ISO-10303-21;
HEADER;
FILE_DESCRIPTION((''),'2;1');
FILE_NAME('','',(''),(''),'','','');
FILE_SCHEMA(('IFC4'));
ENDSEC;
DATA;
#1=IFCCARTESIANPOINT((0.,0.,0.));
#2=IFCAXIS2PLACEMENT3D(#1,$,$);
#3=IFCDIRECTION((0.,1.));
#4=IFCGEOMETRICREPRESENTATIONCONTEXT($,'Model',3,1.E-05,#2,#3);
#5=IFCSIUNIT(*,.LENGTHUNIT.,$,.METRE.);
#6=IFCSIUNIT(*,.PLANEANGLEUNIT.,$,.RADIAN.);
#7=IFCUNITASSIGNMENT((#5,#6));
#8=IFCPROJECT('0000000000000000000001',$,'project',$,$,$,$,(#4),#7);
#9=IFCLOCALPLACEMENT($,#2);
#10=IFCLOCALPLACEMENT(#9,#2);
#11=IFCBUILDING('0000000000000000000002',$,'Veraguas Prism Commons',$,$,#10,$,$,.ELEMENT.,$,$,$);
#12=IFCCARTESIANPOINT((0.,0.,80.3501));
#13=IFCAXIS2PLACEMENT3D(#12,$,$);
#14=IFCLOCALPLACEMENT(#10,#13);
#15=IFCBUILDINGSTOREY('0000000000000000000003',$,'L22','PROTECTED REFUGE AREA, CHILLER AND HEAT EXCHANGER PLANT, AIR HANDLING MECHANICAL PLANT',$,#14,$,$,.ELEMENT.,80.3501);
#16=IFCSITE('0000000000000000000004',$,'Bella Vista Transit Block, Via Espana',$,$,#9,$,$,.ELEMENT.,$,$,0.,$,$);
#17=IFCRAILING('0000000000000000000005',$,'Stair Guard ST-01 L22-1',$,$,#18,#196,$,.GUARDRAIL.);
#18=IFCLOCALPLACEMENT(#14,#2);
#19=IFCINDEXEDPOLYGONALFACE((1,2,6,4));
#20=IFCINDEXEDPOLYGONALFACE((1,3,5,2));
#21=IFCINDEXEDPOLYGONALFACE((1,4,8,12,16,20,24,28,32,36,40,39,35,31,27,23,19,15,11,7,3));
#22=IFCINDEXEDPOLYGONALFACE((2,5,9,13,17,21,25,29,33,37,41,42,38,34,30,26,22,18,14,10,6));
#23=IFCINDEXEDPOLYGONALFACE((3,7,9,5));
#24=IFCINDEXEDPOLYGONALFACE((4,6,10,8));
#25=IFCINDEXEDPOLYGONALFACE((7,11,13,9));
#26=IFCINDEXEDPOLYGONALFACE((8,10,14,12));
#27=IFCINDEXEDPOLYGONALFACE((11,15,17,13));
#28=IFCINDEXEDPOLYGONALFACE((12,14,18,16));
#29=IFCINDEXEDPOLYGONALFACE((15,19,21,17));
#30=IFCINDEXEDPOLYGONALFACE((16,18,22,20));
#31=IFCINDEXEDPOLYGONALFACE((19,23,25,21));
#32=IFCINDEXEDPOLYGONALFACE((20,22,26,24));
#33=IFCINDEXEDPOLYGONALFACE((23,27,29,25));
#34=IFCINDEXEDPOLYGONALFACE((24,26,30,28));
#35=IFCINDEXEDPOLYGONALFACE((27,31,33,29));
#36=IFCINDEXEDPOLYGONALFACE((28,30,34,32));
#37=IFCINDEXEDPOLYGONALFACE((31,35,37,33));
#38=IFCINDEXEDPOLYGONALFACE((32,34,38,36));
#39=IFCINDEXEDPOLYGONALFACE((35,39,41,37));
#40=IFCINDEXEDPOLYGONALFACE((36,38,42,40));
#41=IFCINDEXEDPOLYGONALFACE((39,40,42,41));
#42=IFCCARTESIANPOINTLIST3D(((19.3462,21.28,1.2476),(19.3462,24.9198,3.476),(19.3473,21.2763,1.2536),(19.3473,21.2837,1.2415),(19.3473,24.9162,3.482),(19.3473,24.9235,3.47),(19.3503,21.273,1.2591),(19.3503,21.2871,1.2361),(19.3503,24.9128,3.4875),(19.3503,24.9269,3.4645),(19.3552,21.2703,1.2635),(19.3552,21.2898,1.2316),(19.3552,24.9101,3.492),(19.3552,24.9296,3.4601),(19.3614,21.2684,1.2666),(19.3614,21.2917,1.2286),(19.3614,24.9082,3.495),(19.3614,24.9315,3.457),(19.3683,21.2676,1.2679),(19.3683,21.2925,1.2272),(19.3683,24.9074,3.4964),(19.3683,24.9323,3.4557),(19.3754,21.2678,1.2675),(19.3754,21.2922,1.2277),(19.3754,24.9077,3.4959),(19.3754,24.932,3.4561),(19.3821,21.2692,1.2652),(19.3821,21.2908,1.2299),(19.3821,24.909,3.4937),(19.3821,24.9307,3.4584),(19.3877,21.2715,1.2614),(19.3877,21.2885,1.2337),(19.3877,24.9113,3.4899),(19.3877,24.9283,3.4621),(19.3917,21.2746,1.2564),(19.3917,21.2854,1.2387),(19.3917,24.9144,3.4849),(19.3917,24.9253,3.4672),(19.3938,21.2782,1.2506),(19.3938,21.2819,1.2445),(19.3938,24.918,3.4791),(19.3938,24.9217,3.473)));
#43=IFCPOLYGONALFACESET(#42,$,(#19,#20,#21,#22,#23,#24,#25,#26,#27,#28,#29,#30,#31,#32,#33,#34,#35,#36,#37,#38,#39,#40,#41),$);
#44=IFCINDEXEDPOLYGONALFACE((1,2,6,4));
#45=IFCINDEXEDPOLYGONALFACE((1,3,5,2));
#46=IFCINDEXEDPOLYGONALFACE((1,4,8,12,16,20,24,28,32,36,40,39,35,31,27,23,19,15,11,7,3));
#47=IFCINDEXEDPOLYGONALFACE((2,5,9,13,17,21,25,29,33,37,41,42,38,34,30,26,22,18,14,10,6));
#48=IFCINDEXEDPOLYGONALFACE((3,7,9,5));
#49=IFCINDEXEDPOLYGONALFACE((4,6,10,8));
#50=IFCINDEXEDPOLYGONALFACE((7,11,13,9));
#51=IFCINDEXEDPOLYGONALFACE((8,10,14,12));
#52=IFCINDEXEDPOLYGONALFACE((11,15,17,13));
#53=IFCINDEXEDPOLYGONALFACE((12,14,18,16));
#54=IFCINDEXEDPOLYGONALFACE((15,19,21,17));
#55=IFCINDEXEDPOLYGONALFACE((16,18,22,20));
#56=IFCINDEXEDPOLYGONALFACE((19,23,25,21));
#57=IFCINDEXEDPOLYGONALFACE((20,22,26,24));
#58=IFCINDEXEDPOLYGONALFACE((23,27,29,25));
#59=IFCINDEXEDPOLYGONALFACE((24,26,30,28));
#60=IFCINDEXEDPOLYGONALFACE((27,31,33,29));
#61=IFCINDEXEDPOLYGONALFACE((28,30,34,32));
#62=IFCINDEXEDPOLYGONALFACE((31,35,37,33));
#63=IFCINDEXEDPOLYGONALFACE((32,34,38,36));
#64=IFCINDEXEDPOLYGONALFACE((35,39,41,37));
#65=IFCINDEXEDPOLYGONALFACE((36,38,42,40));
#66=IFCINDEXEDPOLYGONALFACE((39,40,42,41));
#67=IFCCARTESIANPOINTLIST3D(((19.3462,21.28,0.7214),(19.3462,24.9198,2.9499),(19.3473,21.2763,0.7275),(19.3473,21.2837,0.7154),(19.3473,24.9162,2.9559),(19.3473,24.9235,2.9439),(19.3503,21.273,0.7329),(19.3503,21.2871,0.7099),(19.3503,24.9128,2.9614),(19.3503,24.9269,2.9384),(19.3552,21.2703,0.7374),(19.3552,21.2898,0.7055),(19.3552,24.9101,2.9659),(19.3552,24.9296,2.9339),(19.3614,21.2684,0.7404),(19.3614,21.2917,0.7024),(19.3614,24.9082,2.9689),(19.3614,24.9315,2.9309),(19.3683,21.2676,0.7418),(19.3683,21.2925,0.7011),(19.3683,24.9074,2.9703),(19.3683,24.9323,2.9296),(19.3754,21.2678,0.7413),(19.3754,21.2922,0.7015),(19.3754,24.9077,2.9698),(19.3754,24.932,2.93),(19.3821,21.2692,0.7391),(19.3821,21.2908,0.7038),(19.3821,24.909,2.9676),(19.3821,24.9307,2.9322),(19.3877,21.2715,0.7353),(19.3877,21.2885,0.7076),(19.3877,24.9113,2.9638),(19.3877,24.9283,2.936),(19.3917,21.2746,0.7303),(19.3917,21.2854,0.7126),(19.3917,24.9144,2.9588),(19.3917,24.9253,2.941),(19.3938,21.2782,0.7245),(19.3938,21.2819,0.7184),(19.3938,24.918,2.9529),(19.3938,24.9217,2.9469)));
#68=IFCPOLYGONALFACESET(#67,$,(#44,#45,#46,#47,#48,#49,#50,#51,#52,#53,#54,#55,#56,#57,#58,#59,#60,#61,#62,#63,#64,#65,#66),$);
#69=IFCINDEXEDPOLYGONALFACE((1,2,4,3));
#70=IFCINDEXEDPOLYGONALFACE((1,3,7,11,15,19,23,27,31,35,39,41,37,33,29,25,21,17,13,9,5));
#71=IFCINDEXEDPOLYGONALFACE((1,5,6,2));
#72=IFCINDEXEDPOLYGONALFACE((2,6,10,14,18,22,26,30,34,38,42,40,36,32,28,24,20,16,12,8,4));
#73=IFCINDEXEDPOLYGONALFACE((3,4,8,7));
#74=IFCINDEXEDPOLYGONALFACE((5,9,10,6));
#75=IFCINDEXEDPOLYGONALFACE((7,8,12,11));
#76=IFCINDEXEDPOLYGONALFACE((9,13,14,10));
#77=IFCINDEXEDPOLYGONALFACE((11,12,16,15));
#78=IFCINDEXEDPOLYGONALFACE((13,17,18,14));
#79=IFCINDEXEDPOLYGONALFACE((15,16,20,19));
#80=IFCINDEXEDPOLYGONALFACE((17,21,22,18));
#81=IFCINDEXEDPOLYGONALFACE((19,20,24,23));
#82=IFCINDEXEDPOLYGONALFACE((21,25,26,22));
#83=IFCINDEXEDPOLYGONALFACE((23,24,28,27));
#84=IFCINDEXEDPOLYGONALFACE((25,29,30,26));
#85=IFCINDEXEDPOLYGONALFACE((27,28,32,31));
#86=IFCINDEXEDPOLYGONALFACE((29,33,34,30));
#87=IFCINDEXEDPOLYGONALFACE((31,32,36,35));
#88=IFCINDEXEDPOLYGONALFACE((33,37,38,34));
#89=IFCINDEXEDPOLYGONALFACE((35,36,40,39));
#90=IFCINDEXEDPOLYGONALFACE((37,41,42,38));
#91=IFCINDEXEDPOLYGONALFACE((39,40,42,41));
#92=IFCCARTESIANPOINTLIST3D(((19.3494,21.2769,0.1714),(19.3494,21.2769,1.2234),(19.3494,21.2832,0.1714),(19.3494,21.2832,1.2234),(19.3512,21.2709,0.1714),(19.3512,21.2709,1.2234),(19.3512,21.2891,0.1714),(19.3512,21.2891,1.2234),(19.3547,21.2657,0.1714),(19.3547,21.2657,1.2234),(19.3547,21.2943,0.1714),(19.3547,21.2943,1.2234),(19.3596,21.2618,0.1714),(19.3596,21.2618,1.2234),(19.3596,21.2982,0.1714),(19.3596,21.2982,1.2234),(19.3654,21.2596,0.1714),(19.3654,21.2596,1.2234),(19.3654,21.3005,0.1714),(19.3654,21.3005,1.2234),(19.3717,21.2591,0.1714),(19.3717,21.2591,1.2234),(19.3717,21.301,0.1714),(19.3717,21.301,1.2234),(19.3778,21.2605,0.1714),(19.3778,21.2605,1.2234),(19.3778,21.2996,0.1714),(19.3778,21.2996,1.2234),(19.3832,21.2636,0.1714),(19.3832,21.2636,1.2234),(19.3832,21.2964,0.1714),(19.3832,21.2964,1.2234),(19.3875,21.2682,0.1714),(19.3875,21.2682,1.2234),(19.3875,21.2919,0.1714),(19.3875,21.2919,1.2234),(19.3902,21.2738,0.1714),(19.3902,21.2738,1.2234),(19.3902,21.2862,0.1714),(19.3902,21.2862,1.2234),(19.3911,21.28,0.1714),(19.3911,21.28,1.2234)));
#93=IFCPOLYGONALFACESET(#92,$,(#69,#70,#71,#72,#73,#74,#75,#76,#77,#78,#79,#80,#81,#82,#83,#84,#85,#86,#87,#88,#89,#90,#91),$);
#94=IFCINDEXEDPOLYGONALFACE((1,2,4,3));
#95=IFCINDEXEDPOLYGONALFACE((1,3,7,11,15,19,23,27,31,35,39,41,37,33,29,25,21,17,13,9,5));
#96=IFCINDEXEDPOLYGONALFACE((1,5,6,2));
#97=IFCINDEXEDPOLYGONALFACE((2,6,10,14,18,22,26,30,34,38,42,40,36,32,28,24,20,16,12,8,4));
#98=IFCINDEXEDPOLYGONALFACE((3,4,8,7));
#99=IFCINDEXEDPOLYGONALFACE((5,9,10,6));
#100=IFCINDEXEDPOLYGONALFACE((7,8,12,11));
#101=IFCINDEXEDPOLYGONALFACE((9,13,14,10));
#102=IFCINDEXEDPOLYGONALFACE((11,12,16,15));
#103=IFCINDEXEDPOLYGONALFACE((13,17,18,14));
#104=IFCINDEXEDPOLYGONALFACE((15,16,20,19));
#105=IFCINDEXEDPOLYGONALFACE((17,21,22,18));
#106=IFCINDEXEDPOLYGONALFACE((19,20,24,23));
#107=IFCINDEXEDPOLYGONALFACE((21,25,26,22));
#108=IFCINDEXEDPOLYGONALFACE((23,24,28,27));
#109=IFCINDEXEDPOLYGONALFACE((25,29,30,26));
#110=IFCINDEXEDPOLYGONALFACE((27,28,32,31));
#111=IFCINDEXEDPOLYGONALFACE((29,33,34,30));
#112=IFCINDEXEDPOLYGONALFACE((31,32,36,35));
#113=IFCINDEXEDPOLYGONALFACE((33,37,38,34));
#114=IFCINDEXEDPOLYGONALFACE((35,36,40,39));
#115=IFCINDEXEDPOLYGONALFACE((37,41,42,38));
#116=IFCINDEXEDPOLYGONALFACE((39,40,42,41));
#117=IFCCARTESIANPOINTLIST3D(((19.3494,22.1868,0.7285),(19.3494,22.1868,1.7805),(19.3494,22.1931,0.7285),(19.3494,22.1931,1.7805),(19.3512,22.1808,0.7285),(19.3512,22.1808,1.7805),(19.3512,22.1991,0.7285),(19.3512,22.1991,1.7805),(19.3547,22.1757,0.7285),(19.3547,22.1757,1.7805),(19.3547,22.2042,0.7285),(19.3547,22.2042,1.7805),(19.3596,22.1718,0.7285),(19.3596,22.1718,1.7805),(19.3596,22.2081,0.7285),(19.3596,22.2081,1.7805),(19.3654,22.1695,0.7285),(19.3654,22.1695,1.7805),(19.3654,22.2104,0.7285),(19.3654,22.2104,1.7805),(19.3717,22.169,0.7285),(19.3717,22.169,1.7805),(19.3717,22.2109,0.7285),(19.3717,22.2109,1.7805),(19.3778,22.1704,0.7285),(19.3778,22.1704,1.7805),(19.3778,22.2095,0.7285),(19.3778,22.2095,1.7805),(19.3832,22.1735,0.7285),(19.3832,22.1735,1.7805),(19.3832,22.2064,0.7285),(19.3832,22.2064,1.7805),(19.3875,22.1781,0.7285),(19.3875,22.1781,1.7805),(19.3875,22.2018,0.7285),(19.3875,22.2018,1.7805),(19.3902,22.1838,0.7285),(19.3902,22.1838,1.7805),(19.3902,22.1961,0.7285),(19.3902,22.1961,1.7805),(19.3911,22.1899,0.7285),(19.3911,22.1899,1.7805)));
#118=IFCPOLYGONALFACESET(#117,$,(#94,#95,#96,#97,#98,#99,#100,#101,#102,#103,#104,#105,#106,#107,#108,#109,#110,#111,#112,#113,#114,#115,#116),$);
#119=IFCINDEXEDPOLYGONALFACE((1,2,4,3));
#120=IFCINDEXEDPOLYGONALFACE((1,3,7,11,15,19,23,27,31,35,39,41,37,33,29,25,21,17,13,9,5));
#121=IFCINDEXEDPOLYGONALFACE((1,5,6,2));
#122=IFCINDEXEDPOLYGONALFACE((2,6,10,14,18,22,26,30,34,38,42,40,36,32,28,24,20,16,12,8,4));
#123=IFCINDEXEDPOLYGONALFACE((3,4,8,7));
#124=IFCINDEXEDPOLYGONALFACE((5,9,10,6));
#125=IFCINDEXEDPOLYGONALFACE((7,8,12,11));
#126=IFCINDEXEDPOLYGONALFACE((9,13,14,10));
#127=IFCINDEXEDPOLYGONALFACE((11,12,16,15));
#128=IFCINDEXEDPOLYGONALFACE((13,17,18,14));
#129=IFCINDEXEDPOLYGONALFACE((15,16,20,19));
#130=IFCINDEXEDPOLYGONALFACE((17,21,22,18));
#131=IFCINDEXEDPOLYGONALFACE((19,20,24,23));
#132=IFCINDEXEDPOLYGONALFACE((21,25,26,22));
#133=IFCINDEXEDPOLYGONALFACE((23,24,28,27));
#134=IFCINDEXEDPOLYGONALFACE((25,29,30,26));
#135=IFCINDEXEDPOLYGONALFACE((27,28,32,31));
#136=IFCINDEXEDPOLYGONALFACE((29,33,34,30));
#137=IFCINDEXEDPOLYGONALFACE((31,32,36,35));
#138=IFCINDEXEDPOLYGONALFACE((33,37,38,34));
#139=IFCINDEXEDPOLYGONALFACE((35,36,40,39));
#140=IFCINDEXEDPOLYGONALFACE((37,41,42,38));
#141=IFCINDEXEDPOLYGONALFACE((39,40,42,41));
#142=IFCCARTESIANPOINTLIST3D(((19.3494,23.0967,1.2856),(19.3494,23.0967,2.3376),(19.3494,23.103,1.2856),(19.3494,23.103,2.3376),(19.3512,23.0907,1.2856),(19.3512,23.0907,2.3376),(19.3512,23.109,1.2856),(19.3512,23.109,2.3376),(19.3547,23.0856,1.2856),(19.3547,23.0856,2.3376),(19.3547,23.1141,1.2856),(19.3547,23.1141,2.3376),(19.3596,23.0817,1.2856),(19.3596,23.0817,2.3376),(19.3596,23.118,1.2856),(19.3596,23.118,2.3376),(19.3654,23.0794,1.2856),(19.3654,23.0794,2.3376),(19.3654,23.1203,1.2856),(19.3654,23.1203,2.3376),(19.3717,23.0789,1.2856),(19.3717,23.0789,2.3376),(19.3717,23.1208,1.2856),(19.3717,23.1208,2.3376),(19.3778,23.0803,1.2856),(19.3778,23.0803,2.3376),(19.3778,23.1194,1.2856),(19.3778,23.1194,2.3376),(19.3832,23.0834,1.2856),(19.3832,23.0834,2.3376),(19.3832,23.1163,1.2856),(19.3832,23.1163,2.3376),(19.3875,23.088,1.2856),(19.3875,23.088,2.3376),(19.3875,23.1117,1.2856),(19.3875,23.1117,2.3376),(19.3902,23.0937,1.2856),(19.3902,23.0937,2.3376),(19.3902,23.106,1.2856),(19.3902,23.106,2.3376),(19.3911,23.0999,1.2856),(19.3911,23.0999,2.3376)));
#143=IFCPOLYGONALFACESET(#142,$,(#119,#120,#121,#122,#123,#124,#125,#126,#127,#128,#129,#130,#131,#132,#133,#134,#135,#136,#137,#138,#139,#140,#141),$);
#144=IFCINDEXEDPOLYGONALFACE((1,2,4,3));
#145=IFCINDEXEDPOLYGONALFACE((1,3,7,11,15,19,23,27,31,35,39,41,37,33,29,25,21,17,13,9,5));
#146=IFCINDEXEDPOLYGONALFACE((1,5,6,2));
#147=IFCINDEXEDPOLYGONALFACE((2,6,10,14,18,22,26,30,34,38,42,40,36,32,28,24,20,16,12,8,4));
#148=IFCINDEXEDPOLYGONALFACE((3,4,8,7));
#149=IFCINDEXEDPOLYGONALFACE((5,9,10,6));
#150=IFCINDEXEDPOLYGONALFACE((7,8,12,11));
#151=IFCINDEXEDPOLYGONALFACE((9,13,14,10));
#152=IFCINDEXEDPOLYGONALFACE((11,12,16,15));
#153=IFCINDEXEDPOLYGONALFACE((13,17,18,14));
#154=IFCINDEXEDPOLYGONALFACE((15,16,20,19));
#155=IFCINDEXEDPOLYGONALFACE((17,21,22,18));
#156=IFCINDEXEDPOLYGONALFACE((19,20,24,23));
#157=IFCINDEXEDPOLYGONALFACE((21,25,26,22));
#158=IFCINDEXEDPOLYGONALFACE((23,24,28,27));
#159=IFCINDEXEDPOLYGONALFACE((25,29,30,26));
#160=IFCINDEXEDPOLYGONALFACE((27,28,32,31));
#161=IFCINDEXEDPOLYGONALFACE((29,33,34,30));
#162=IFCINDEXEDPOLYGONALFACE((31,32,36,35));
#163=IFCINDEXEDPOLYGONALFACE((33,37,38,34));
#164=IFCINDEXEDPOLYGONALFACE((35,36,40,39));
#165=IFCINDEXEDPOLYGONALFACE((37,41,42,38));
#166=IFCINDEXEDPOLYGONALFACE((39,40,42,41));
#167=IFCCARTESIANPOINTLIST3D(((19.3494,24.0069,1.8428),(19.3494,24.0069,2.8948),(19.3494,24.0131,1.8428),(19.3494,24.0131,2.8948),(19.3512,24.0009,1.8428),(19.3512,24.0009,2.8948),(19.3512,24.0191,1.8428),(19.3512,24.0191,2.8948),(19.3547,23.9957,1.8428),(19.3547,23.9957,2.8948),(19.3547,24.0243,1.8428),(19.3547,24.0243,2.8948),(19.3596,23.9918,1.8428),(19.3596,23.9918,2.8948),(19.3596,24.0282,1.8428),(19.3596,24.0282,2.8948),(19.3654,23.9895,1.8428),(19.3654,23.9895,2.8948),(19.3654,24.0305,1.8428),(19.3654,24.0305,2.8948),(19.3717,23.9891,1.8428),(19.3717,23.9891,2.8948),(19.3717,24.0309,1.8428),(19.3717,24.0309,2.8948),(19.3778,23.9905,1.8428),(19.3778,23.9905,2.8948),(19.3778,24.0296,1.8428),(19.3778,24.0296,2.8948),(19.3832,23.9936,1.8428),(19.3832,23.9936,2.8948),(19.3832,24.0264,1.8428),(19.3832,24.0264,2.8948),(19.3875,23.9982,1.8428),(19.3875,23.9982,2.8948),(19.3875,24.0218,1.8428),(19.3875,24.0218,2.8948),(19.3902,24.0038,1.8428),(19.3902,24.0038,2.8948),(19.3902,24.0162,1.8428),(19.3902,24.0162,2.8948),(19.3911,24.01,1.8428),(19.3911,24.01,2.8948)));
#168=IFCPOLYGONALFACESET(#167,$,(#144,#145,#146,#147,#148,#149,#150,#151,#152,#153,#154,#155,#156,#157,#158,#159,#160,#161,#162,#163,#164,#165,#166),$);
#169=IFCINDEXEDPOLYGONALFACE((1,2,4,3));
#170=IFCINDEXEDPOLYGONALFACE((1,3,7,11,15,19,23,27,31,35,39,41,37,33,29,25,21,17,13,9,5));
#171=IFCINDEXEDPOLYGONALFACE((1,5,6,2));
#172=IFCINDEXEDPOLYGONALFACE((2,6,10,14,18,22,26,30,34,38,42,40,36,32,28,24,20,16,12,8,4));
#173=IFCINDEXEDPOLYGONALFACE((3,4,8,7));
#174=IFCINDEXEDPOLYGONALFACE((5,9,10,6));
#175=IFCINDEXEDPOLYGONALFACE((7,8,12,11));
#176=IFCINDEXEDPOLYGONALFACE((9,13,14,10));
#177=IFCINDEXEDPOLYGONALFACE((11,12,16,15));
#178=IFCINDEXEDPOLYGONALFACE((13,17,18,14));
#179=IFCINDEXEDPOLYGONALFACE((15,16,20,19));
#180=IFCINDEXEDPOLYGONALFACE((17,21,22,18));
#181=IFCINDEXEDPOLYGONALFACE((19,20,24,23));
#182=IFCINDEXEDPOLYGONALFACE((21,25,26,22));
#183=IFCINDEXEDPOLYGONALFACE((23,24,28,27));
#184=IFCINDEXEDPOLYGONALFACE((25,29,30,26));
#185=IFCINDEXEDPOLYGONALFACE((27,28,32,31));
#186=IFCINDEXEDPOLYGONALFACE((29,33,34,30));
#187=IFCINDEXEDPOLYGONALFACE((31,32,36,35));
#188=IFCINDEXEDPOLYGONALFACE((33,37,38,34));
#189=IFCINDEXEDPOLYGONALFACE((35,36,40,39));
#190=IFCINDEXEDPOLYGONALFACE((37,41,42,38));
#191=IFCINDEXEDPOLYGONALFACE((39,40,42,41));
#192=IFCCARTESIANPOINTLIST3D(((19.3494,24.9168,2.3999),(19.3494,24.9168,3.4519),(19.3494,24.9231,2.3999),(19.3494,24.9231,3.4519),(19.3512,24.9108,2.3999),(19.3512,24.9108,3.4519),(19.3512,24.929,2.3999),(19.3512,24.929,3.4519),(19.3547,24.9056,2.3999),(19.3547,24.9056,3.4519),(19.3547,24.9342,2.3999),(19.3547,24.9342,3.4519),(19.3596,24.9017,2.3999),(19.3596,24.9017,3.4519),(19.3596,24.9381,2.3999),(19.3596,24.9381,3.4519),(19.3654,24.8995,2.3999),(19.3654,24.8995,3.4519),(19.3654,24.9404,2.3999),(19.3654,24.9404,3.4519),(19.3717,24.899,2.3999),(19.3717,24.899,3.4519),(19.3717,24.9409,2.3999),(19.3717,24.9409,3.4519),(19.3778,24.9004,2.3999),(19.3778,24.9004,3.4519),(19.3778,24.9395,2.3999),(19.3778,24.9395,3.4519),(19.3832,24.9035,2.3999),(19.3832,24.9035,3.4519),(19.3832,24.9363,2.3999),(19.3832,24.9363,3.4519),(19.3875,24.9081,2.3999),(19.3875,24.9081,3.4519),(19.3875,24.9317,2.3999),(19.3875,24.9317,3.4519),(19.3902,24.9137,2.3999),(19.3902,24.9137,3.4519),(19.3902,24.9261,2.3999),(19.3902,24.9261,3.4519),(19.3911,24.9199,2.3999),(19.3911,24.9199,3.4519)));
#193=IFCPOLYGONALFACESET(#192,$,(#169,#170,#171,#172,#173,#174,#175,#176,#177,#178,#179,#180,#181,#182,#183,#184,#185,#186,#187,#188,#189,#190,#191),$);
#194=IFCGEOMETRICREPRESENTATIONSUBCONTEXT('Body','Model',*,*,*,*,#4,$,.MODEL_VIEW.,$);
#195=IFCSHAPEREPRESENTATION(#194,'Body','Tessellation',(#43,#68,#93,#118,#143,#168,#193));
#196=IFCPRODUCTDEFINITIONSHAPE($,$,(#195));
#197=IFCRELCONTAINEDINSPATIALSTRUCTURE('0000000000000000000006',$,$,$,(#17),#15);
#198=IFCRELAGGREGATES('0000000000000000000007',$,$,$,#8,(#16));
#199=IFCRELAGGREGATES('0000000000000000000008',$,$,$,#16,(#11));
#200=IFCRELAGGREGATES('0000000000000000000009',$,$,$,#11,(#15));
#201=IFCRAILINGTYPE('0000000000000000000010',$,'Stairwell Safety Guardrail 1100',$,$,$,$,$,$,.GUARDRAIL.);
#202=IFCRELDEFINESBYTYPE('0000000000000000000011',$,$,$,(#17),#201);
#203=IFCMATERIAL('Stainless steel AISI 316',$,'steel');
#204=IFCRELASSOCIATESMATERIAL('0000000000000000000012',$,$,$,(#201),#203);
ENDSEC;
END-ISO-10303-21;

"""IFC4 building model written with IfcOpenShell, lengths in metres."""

from ifc_helpers import new_model, si_unit, direction, frame, origin, origin_2d, place, context, subcontext, project, spatial, circle, extrude, material, type_object, element, save


model = new_model("IFC4")

# Units and contexts
model_context = context("Model", 3, precision=1e-05, world=origin(), true_north=direction((0.0, 1.0)))
body_context = subcontext(model_context, "Body", "Model", "MODEL_VIEW")
ifc_project = project(units=[si_unit("LENGTHUNIT", "METRE"), si_unit("PLANEANGLEUNIT", "RADIAN")], contexts=[model_context])

# Site, building, storey
site_placement = place(None, origin())
site = spatial("IfcSite", under=ifc_project, at=site_placement, Name="Bella Vista Transit Block, Via Espana", CompositionType="ELEMENT", RefElevation=0.0)
building_placement = place(site_placement, origin())
building = spatial("IfcBuilding", under=site, at=building_placement, Name="Veraguas Prism Commons", CompositionType="ELEMENT")
storey_placement = place(building_placement, frame((0.0, 0.0, 80.3501)))
storey = spatial("IfcBuildingStorey", under=building, at=storey_placement, Name="L22", Description="PROTECTED REFUGE AREA, CHILLER AND HEAT EXCHANGER PLANT, AIR HANDLING MECHANICAL PLANT", CompositionType="ELEMENT", Elevation=80.3501)

# Shared definitions
ifc_material_1 = material(Name="Stainless steel AISI 316", Category="steel")

# Railing
railing_type_1 = type_object("IfcRailingType", Name="Stairwell Safety Guardrail 1100", PredefinedType="GUARDRAIL", material=ifc_material_1)
railing_1_placement = place(storey_placement, frame((19.3701, 21.28, 0.1714)))
element("IfcRailing", 1, at=railing_1_placement, inside=storey, type_object=railing_type_1, Name="Stair Guard ST-01 L22-1", PredefinedType="GUARDRAIL", context=body_context, shape_type="SweptSolid", body=[
    extrude(circle(Radius=0.0239, at=origin_2d()), frame((0.0, 0.0, 1.0762), z_axis=(0.0, 0.85285, 0.522156), x_axis=(-1.0, 0.0, 0.0)), (0.0, 0.0, 1.0), 4.2678),
    extrude(circle(Radius=0.0239, at=origin_2d()), frame((0.0, 0.0, 0.55), z_axis=(0.0, 0.85285, 0.522156), x_axis=(-1.0, 0.0, 0.0)), (0.0, 0.0, 1.0), 4.2678),
    extrude(circle(Radius=0.021, at=origin_2d()), origin(), (0.0, 0.0, 1.0), 1.052),
    extrude(circle(Radius=0.021, at=origin_2d()), frame((0.0, 0.9099, 0.5571)), (0.0, 0.0, 1.0), 1.052),
    extrude(circle(Radius=0.021, at=origin_2d()), frame((0.0, 1.8198, 1.1143)), (0.0, 0.0, 1.0), 1.052),
    extrude(circle(Radius=0.021, at=origin_2d()), frame((0.0, 2.73, 1.6714)), (0.0, 0.0, 1.0), 1.052),
    extrude(circle(Radius=0.021, at=origin_2d()), frame((0.0, 3.6399, 2.2285)), (0.0, 0.0, 1.0), 1.052),
])

save(model, "model.ifc")
